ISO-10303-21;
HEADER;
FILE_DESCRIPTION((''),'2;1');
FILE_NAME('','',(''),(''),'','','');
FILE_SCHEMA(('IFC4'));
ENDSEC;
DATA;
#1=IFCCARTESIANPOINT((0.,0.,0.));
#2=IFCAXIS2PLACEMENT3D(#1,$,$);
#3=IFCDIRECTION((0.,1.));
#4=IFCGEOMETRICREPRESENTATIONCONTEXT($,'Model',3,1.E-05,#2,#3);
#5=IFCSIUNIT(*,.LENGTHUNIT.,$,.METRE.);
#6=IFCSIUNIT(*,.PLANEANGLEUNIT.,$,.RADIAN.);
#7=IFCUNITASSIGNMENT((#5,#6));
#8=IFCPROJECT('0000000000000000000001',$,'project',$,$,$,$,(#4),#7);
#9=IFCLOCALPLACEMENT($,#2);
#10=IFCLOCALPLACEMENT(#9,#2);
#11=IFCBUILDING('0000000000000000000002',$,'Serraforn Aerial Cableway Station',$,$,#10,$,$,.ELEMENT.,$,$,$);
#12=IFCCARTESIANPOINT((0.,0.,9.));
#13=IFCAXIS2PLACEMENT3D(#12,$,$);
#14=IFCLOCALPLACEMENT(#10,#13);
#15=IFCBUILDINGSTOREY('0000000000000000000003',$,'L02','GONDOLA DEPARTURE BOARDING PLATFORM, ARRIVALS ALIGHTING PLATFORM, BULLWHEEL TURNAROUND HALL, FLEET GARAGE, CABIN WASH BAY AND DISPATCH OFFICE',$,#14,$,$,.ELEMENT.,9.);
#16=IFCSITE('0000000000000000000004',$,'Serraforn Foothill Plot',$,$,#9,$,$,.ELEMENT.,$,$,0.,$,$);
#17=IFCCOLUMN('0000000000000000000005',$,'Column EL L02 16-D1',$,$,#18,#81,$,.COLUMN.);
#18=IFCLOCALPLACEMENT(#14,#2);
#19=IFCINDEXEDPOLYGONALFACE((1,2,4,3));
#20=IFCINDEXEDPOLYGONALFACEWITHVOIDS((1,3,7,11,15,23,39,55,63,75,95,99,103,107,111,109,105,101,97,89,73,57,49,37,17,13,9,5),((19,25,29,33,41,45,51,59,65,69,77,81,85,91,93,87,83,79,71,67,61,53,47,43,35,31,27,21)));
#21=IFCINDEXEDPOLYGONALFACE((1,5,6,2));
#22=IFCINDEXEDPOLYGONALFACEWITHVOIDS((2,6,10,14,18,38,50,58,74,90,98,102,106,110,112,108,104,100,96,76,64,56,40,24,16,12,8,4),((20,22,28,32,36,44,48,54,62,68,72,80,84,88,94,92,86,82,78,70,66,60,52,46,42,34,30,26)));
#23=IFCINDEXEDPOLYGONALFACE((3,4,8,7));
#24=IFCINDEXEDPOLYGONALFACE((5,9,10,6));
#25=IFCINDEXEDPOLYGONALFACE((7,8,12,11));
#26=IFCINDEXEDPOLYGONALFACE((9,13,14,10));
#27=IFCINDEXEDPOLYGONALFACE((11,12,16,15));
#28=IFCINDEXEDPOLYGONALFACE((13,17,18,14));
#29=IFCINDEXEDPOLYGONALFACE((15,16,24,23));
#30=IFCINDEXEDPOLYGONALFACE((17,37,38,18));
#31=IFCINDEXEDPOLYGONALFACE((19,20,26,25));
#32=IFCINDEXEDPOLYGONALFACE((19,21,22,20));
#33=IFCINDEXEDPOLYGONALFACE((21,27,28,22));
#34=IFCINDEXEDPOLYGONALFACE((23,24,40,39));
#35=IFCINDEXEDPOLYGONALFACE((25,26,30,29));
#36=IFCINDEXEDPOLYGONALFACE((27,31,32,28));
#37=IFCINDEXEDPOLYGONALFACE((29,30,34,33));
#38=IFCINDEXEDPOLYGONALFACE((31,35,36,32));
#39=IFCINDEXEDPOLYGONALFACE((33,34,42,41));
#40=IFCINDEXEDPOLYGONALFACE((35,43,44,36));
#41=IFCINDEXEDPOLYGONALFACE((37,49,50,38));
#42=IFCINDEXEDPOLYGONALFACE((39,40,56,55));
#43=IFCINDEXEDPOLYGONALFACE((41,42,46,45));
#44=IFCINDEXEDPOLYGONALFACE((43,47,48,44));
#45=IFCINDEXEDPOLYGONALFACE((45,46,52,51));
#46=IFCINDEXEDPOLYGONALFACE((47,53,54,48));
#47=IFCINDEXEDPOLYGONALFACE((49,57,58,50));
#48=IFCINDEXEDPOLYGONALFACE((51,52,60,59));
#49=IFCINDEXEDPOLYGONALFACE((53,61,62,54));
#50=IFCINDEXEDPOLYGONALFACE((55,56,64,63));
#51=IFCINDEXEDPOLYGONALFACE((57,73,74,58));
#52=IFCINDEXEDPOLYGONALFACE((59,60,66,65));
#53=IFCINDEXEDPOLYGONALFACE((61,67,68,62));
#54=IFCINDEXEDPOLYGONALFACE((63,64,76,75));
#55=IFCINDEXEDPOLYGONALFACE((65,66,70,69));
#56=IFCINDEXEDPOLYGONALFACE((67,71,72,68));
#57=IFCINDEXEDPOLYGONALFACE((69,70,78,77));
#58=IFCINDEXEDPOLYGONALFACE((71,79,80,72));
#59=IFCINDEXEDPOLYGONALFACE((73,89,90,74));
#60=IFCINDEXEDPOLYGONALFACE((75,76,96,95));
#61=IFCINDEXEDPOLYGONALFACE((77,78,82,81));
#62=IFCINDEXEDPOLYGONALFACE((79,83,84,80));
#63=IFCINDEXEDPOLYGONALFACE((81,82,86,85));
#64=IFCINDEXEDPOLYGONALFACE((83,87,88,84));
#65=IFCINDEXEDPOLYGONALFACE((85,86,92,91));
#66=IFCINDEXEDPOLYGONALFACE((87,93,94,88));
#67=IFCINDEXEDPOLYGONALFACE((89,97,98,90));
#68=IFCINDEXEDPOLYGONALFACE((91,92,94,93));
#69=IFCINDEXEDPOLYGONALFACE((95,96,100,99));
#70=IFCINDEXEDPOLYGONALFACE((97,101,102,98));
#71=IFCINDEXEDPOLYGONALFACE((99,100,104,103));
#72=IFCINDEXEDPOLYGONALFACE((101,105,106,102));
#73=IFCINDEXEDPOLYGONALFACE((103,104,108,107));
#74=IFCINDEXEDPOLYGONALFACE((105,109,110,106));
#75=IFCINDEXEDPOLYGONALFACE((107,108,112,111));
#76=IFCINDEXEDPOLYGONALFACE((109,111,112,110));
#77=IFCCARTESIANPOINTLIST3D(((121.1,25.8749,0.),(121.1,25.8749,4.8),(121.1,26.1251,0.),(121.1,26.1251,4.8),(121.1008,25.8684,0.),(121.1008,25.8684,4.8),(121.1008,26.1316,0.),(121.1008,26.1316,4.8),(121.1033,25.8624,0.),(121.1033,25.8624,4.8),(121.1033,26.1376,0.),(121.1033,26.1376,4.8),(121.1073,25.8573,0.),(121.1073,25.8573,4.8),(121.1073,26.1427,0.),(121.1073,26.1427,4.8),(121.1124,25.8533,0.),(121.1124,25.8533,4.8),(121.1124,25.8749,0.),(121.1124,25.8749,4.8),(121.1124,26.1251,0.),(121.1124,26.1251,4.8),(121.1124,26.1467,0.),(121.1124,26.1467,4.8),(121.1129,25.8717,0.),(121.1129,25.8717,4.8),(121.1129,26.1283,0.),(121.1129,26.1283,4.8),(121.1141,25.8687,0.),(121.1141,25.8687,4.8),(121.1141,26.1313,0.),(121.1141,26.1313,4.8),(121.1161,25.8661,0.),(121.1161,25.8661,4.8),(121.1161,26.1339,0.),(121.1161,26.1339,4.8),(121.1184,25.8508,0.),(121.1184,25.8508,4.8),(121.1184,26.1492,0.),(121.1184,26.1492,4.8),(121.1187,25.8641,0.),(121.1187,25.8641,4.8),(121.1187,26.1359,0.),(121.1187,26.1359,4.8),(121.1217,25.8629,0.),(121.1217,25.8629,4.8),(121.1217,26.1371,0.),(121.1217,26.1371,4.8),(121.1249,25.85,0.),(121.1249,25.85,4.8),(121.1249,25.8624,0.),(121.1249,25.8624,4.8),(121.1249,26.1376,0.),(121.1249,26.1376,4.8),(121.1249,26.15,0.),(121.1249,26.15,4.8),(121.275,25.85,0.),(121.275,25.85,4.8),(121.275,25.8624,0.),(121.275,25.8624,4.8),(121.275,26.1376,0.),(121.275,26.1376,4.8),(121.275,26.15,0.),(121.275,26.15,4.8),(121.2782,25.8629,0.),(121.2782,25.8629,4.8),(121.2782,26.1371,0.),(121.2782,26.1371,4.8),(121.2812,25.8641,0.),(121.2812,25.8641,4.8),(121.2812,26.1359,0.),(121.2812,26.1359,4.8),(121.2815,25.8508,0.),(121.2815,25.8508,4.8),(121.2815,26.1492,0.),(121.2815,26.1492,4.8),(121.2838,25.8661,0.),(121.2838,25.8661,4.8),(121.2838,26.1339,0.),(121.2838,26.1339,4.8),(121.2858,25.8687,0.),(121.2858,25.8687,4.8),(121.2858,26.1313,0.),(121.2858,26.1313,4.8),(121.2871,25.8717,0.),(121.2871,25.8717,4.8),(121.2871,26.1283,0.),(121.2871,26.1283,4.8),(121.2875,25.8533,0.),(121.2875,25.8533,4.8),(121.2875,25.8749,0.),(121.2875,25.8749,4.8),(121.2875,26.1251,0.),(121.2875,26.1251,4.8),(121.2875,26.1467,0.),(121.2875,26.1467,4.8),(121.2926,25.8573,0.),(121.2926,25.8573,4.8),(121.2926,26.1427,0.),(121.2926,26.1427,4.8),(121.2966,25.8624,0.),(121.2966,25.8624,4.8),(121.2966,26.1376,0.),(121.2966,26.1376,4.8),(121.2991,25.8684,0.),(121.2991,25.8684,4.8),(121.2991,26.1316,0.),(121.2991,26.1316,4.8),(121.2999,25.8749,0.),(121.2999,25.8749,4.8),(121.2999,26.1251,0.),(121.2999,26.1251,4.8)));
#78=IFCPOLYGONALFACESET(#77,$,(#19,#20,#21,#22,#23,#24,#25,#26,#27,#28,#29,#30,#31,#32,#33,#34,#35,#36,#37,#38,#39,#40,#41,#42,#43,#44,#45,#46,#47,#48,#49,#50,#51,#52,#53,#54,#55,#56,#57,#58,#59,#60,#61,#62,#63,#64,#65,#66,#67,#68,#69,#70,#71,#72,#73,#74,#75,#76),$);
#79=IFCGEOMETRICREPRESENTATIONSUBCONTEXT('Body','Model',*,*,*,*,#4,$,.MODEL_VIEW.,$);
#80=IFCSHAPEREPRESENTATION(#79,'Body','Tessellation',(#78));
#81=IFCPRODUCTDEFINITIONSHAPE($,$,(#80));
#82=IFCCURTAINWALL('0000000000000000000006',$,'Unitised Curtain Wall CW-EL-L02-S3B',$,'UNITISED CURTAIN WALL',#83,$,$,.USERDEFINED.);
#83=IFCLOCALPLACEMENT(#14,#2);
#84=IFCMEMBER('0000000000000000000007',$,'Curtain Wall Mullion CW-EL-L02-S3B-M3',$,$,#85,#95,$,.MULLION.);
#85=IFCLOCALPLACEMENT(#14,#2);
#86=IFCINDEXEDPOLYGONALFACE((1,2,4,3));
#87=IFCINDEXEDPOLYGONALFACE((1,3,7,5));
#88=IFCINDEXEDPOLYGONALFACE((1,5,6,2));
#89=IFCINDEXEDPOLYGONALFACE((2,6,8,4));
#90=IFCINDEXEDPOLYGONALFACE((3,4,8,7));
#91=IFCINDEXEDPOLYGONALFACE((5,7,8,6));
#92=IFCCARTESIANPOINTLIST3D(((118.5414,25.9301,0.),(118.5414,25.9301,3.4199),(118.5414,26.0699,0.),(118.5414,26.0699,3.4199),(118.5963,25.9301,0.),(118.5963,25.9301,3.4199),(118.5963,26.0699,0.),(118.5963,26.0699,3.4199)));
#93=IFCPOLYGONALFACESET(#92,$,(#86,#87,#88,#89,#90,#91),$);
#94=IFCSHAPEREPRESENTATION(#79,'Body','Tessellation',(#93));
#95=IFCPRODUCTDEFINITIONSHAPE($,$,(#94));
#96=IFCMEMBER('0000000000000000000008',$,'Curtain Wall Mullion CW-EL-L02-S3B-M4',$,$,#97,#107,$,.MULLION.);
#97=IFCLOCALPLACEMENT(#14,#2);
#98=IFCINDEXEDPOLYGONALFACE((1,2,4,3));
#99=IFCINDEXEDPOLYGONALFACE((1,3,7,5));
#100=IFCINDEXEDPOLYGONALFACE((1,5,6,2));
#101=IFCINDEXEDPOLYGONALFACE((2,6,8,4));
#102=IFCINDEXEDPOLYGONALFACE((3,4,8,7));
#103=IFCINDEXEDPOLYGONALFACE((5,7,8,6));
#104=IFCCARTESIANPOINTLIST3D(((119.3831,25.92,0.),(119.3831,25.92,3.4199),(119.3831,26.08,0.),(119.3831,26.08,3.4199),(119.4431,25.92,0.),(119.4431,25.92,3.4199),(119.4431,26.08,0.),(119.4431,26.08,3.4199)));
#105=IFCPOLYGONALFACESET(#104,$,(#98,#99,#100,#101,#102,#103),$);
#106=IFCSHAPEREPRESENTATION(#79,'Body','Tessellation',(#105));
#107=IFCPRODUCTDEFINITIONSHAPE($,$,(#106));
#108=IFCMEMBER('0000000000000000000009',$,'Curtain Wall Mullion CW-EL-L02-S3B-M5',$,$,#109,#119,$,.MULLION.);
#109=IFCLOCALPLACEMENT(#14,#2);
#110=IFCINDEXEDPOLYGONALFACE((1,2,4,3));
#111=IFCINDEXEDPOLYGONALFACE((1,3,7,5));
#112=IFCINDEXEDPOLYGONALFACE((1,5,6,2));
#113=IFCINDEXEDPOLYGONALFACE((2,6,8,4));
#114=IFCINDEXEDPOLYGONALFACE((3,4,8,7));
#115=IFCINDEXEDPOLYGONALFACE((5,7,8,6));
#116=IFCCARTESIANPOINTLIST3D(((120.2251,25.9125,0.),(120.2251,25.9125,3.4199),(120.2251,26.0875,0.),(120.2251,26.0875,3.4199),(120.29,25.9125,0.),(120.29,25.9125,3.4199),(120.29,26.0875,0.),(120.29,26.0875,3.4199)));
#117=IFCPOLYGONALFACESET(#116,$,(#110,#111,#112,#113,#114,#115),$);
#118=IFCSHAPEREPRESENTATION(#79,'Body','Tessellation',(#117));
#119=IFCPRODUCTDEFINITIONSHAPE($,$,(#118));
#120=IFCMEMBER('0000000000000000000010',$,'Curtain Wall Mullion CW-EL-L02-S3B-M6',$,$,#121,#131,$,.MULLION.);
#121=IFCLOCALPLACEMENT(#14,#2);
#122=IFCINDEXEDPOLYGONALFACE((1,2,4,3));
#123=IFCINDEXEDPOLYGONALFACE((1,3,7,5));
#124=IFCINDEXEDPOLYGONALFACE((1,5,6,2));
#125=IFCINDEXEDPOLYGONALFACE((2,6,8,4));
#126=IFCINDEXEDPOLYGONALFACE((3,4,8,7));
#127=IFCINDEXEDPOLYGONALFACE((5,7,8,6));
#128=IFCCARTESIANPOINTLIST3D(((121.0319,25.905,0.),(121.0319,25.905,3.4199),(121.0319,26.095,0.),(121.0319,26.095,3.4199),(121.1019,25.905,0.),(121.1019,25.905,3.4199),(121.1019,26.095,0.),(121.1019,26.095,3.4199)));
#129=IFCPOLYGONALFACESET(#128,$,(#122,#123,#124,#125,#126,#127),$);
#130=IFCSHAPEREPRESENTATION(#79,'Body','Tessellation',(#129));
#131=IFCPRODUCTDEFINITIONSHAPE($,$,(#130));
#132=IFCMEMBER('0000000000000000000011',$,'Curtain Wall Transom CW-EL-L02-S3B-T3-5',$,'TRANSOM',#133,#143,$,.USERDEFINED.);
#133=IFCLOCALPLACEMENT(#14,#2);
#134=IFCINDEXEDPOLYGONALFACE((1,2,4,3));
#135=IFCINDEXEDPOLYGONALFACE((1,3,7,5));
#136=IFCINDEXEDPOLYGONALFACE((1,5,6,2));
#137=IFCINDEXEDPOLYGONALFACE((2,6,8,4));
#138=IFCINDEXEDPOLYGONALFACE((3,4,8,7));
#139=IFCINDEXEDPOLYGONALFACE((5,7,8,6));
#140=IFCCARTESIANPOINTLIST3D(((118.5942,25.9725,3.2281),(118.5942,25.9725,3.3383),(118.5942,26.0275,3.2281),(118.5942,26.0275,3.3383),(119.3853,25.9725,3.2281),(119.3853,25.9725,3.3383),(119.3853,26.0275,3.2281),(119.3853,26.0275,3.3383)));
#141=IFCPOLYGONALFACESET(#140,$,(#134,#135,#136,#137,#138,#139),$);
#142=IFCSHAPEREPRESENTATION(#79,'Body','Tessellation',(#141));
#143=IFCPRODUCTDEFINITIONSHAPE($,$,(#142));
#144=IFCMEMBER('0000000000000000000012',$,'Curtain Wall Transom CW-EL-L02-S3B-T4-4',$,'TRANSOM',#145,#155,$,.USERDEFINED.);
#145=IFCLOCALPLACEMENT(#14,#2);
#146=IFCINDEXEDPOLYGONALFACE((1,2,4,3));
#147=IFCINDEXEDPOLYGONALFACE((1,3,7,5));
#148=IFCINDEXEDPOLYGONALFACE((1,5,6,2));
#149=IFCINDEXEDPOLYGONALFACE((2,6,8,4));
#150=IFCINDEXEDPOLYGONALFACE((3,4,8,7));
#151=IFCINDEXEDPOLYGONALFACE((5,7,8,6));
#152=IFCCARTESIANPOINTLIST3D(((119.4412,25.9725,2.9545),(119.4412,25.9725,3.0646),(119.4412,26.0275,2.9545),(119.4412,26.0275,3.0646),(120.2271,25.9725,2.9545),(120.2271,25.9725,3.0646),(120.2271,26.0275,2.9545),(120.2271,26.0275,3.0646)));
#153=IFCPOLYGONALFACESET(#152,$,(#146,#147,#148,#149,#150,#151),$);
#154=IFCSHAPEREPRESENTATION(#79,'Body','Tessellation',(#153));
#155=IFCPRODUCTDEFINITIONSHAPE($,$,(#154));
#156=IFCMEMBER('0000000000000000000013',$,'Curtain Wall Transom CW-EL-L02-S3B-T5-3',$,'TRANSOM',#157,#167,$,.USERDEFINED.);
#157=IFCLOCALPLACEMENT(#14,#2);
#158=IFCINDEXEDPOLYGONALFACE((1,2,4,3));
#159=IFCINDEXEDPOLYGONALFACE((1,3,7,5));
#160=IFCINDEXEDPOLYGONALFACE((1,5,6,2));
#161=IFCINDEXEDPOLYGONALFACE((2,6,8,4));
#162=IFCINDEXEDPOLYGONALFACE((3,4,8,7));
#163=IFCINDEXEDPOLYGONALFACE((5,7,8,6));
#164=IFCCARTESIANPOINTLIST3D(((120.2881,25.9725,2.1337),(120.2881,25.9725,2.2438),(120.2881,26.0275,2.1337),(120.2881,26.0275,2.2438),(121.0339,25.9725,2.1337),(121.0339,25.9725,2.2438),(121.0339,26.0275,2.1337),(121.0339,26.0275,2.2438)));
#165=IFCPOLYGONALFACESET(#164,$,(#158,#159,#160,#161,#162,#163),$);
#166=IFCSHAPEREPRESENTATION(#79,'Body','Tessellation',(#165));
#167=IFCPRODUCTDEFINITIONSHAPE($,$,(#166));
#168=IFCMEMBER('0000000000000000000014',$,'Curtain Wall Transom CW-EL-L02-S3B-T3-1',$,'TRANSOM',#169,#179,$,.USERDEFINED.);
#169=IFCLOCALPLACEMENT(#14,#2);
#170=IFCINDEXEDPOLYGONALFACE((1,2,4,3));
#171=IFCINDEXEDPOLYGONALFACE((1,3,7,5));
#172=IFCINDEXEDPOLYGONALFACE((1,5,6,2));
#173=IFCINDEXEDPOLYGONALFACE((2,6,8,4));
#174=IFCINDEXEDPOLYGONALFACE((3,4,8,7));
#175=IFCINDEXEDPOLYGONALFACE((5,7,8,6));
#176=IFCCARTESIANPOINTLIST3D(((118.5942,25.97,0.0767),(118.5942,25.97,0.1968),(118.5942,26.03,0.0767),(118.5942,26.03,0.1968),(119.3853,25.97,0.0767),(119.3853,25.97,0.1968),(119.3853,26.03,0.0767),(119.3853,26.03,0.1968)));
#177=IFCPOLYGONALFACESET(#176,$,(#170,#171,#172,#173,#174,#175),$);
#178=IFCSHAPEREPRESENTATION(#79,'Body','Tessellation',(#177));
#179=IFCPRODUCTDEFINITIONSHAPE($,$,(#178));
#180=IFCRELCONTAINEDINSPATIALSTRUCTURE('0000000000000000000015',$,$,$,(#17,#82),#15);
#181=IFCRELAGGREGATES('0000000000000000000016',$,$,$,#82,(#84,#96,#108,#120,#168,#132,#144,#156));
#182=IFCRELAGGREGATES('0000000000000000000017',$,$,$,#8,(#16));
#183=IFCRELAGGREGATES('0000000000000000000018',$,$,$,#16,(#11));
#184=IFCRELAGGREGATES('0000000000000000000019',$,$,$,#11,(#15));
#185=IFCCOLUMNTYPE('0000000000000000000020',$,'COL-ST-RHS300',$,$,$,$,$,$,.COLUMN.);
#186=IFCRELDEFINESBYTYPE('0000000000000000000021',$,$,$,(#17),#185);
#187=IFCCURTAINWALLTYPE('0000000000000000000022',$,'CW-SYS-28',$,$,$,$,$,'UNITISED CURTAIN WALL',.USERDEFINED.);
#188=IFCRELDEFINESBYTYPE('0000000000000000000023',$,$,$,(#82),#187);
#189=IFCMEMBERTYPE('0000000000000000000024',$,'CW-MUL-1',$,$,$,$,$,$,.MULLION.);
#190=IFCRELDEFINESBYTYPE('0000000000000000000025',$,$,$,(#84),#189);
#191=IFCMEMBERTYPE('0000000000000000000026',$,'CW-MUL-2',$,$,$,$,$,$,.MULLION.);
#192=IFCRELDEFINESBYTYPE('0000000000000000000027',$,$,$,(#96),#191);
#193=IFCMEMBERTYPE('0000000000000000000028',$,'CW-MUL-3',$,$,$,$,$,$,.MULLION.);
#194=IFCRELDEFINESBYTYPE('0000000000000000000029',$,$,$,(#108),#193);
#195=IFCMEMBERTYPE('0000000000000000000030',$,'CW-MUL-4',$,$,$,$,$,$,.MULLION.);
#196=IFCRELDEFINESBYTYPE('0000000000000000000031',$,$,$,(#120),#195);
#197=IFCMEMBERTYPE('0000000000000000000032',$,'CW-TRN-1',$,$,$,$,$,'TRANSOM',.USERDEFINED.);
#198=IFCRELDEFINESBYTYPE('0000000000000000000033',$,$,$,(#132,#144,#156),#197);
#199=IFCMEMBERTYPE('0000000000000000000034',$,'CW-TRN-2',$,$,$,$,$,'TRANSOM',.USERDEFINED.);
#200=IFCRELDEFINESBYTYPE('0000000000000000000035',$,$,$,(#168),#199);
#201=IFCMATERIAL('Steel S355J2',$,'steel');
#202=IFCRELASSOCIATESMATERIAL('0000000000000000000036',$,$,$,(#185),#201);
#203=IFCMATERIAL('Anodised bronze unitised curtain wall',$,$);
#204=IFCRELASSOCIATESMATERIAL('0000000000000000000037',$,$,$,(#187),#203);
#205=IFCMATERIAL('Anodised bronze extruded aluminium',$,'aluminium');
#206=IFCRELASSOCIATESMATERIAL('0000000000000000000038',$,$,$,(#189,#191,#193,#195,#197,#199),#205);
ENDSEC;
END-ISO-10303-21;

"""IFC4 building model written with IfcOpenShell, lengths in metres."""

from ifc_helpers import new_model, si_unit, direction, frame, origin, origin_2d, place, context, subcontext, project, spatial, rectangle, hollow_rectangle, extrude, material, material_profile, profile_set, type_object, element, aggregate, save


model = new_model("IFC4")

# Units and contexts
model_context = context("Model", 3, precision=1e-05, world=origin(), true_north=direction((0.0, 1.0)))
body_context = subcontext(model_context, "Body", "Model", "MODEL_VIEW")
ifc_project = project(units=[si_unit("LENGTHUNIT", "METRE"), si_unit("PLANEANGLEUNIT", "RADIAN")], contexts=[model_context])

# Site, building, storey
site_placement = place(None, origin())
site = spatial("IfcSite", under=ifc_project, at=site_placement, Name="Serraforn Foothill Plot", CompositionType="ELEMENT", RefElevation=0.0)
building_placement = place(site_placement, origin())
building = spatial("IfcBuilding", under=site, at=building_placement, Name="Serraforn Aerial Cableway Station", CompositionType="ELEMENT")
storey_placement = place(building_placement, frame((0.0, 0.0, 9.0)))
storey = spatial("IfcBuildingStorey", under=building, at=storey_placement, Name="L02", Description="GONDOLA DEPARTURE BOARDING PLATFORM, ARRIVALS ALIGHTING PLATFORM, BULLWHEEL TURNAROUND HALL, FLEET GARAGE, CABIN WASH BAY AND DISPATCH OFFICE", CompositionType="ELEMENT", Elevation=9.0)

# Column
ifc_material_1 = material(Name="Steel S355J2", Category="steel")
ifc_material_profile_1 = material_profile(ifc_material_1, hollow_rectangle(XDim=0.2, YDim=0.3, WallThickness=0.0125, InnerFilletRadius=0.0125, OuterFilletRadius=0.0249, at=origin_2d()), Name="RHS 300x200x12.5")
ifc_profile_set_1 = profile_set([ifc_material_profile_1], Name="Steel S355J2")
column_type = type_object("IfcColumnType", Name="COL-ST-RHS300", PredefinedType="COLUMN", material=ifc_profile_set_1)
column_placement = place(storey_placement, frame((121.2, 26.0, 0.0), z_axis=(0.0, 0.0, 1.0), x_axis=(1.0, 0.0, 0.0)))
element("IfcColumn", 1, at=column_placement, inside=storey, type_object=column_type, Name="Column EL L02 16-D1", PredefinedType="COLUMN", context=body_context, shape_type="SweptSolid", body=[
    extrude(hollow_rectangle(XDim=0.2, YDim=0.3, WallThickness=0.0125, InnerFilletRadius=0.0125, OuterFilletRadius=0.0249, at=origin_2d()), origin(), (0.0, 0.0, 1.0), 4.8),
])

# Curtain wall, members
ifc_material_2 = material(Name="Anodised bronze unitised curtain wall")
curtain_wall_type = type_object("IfcCurtainWallType", Name="CW-SYS-28", ElementType="UNITISED CURTAIN WALL", PredefinedType="USERDEFINED", material=ifc_material_2)
curtain_wall_placement = place(storey_placement, origin())
curtain_wall = element("IfcCurtainWall", 2, at=curtain_wall_placement, inside=storey, type_object=curtain_wall_type, Name="Unitised Curtain Wall CW-EL-L02-S3B", ObjectType="UNITISED CURTAIN WALL", PredefinedType="USERDEFINED")
ifc_material_3 = material(Name="Anodised bronze extruded aluminium", Category="aluminium")
ifc_material_profile_2 = material_profile(ifc_material_3, rectangle(XDim=0.0549, YDim=0.1399, at=origin_2d()), Name="CW MULLION 55x140")
ifc_profile_set_2 = profile_set([ifc_material_profile_2], Name="Anodised bronze extruded aluminium")
member_type_1 = type_object("IfcMemberType", Name="CW-MUL-1", PredefinedType="MULLION", material=ifc_profile_set_2)
member_1_placement = place(storey_placement, frame((118.5688, 26.0, 0.0), z_axis=(0.0, 0.0, 1.0), x_axis=(1.0, 0.0, 0.0)))
member_1 = element("IfcMember", 3, at=member_1_placement, type_object=member_type_1, Name="Curtain Wall Mullion CW-EL-L02-S3B-M3", PredefinedType="MULLION", context=body_context, shape_type="SweptSolid", body=[
    extrude(rectangle(XDim=0.0549, YDim=0.1399, at=origin_2d()), origin(), (0.0, 0.0, 1.0), 3.4199),
])
ifc_material_profile_3 = material_profile(ifc_material_3, rectangle(XDim=0.0601, YDim=0.1599, at=origin_2d()), Name="CW MULLION 60x160")
ifc_profile_set_3 = profile_set([ifc_material_profile_3], Name="Anodised bronze extruded aluminium")
member_type_2 = type_object("IfcMemberType", Name="CW-MUL-2", PredefinedType="MULLION", material=ifc_profile_set_3)
member_2_placement = place(storey_placement, frame((119.4131, 26.0, 0.0), z_axis=(0.0, 0.0, 1.0), x_axis=(1.0, 0.0, 0.0)))
member_2 = element("IfcMember", 4, at=member_2_placement, type_object=member_type_2, Name="Curtain Wall Mullion CW-EL-L02-S3B-M4", PredefinedType="MULLION", context=body_context, shape_type="SweptSolid", body=[
    extrude(rectangle(XDim=0.0601, YDim=0.1599, at=origin_2d()), origin(), (0.0, 0.0, 1.0), 3.4199),
])
ifc_material_profile_4 = material_profile(ifc_material_3, rectangle(XDim=0.0649, YDim=0.175, at=origin_2d()), Name="CW MULLION 65x175")
ifc_profile_set_4 = profile_set([ifc_material_profile_4], Name="Anodised bronze extruded aluminium")
member_type_3 = type_object("IfcMemberType", Name="CW-MUL-3", PredefinedType="MULLION", material=ifc_profile_set_4)
member_3_placement = place(storey_placement, frame((120.2576, 26.0, 0.0), z_axis=(0.0, 0.0, 1.0), x_axis=(1.0, 0.0, 0.0)))
member_3 = element("IfcMember", 5, at=member_3_placement, type_object=member_type_3, Name="Curtain Wall Mullion CW-EL-L02-S3B-M5", PredefinedType="MULLION", context=body_context, shape_type="SweptSolid", body=[
    extrude(rectangle(XDim=0.0649, YDim=0.175, at=origin_2d()), origin(), (0.0, 0.0, 1.0), 3.4199),
])
ifc_material_profile_5 = material_profile(ifc_material_3, rectangle(XDim=0.0701, YDim=0.1899, at=origin_2d()), Name="CW MULLION 70x190")
ifc_profile_set_5 = profile_set([ifc_material_profile_5], Name="Anodised bronze extruded aluminium")
member_type_4 = type_object("IfcMemberType", Name="CW-MUL-4", PredefinedType="MULLION", material=ifc_profile_set_5)
member_4_placement = place(storey_placement, frame((121.0669, 26.0, 0.0), z_axis=(0.0, 0.0, 1.0), x_axis=(1.0, 0.0, 0.0)))
member_4 = element("IfcMember", 6, at=member_4_placement, type_object=member_type_4, Name="Curtain Wall Mullion CW-EL-L02-S3B-M6", PredefinedType="MULLION", context=body_context, shape_type="SweptSolid", body=[
    extrude(rectangle(XDim=0.0701, YDim=0.1899, at=origin_2d()), origin(), (0.0, 0.0, 1.0), 3.4199),
])
ifc_material_profile_6 = material_profile(ifc_material_3, rectangle(XDim=0.0549, YDim=0.1101, at=origin_2d()), Name="CW TRANSOM 55x110")
ifc_profile_set_6 = profile_set([ifc_material_profile_6], Name="Anodised bronze extruded aluminium")
member_type_5 = type_object("IfcMemberType", Name="CW-TRN-1", ElementType="TRANSOM", PredefinedType="USERDEFINED", material=ifc_profile_set_6)
member_5_placement = place(storey_placement, frame((118.5942, 26.0, 3.2832), z_axis=(1.0, 0.0, 0.0), x_axis=(0.0, 1.0, 0.0)))
member_5 = element("IfcMember", 7, at=member_5_placement, type_object=member_type_5, Name="Curtain Wall Transom CW-EL-L02-S3B-T3-5", ObjectType="TRANSOM", PredefinedType="USERDEFINED", context=body_context, shape_type="SweptSolid", body=[
    extrude(rectangle(XDim=0.0549, YDim=0.1101, at=origin_2d()), origin(), (0.0, 0.0, 1.0), 0.791),
])
member_6_placement = place(storey_placement, frame((119.4412, 26.0, 3.0095), z_axis=(1.0, 0.0, 0.0), x_axis=(0.0, 1.0, 0.0)))
member_6 = element("IfcMember", 8, at=member_6_placement, type_object=member_type_5, Name="Curtain Wall Transom CW-EL-L02-S3B-T4-4", ObjectType="TRANSOM", PredefinedType="USERDEFINED", context=body_context, shape_type="SweptSolid", body=[
    extrude(rectangle(XDim=0.0549, YDim=0.1101, at=origin_2d()), origin(), (0.0, 0.0, 1.0), 0.7859),
])
member_7_placement = place(storey_placement, frame((120.2881, 26.0, 2.1887), z_axis=(1.0, 0.0, 0.0), x_axis=(0.0, 1.0, 0.0)))
member_7 = element("IfcMember", 9, at=member_7_placement, type_object=member_type_5, Name="Curtain Wall Transom CW-EL-L02-S3B-T5-3", ObjectType="TRANSOM", PredefinedType="USERDEFINED", context=body_context, shape_type="SweptSolid", body=[
    extrude(rectangle(XDim=0.0549, YDim=0.1101, at=origin_2d()), origin(), (0.0, 0.0, 1.0), 0.7458),
])
ifc_material_profile_7 = material_profile(ifc_material_3, rectangle(XDim=0.0601, YDim=0.1201, at=origin_2d()), Name="CW TRANSOM 60x120")
ifc_profile_set_7 = profile_set([ifc_material_profile_7], Name="Anodised bronze extruded aluminium")
member_type_6 = type_object("IfcMemberType", Name="CW-TRN-2", ElementType="TRANSOM", PredefinedType="USERDEFINED", material=ifc_profile_set_7)
member_8_placement = place(storey_placement, frame((118.5942, 26.0, 0.1367), z_axis=(1.0, 0.0, 0.0), x_axis=(0.0, 1.0, 0.0)))
member_8 = element("IfcMember", 10, at=member_8_placement, type_object=member_type_6, Name="Curtain Wall Transom CW-EL-L02-S3B-T3-1", ObjectType="TRANSOM", PredefinedType="USERDEFINED", context=body_context, shape_type="SweptSolid", body=[
    extrude(rectangle(XDim=0.0601, YDim=0.1201, at=origin_2d()), origin(), (0.0, 0.0, 1.0), 0.791),
])
aggregate(curtain_wall, [member_1, member_2, member_3, member_4, member_8, member_5, member_6, member_7])

save(model, "model.ifc")
